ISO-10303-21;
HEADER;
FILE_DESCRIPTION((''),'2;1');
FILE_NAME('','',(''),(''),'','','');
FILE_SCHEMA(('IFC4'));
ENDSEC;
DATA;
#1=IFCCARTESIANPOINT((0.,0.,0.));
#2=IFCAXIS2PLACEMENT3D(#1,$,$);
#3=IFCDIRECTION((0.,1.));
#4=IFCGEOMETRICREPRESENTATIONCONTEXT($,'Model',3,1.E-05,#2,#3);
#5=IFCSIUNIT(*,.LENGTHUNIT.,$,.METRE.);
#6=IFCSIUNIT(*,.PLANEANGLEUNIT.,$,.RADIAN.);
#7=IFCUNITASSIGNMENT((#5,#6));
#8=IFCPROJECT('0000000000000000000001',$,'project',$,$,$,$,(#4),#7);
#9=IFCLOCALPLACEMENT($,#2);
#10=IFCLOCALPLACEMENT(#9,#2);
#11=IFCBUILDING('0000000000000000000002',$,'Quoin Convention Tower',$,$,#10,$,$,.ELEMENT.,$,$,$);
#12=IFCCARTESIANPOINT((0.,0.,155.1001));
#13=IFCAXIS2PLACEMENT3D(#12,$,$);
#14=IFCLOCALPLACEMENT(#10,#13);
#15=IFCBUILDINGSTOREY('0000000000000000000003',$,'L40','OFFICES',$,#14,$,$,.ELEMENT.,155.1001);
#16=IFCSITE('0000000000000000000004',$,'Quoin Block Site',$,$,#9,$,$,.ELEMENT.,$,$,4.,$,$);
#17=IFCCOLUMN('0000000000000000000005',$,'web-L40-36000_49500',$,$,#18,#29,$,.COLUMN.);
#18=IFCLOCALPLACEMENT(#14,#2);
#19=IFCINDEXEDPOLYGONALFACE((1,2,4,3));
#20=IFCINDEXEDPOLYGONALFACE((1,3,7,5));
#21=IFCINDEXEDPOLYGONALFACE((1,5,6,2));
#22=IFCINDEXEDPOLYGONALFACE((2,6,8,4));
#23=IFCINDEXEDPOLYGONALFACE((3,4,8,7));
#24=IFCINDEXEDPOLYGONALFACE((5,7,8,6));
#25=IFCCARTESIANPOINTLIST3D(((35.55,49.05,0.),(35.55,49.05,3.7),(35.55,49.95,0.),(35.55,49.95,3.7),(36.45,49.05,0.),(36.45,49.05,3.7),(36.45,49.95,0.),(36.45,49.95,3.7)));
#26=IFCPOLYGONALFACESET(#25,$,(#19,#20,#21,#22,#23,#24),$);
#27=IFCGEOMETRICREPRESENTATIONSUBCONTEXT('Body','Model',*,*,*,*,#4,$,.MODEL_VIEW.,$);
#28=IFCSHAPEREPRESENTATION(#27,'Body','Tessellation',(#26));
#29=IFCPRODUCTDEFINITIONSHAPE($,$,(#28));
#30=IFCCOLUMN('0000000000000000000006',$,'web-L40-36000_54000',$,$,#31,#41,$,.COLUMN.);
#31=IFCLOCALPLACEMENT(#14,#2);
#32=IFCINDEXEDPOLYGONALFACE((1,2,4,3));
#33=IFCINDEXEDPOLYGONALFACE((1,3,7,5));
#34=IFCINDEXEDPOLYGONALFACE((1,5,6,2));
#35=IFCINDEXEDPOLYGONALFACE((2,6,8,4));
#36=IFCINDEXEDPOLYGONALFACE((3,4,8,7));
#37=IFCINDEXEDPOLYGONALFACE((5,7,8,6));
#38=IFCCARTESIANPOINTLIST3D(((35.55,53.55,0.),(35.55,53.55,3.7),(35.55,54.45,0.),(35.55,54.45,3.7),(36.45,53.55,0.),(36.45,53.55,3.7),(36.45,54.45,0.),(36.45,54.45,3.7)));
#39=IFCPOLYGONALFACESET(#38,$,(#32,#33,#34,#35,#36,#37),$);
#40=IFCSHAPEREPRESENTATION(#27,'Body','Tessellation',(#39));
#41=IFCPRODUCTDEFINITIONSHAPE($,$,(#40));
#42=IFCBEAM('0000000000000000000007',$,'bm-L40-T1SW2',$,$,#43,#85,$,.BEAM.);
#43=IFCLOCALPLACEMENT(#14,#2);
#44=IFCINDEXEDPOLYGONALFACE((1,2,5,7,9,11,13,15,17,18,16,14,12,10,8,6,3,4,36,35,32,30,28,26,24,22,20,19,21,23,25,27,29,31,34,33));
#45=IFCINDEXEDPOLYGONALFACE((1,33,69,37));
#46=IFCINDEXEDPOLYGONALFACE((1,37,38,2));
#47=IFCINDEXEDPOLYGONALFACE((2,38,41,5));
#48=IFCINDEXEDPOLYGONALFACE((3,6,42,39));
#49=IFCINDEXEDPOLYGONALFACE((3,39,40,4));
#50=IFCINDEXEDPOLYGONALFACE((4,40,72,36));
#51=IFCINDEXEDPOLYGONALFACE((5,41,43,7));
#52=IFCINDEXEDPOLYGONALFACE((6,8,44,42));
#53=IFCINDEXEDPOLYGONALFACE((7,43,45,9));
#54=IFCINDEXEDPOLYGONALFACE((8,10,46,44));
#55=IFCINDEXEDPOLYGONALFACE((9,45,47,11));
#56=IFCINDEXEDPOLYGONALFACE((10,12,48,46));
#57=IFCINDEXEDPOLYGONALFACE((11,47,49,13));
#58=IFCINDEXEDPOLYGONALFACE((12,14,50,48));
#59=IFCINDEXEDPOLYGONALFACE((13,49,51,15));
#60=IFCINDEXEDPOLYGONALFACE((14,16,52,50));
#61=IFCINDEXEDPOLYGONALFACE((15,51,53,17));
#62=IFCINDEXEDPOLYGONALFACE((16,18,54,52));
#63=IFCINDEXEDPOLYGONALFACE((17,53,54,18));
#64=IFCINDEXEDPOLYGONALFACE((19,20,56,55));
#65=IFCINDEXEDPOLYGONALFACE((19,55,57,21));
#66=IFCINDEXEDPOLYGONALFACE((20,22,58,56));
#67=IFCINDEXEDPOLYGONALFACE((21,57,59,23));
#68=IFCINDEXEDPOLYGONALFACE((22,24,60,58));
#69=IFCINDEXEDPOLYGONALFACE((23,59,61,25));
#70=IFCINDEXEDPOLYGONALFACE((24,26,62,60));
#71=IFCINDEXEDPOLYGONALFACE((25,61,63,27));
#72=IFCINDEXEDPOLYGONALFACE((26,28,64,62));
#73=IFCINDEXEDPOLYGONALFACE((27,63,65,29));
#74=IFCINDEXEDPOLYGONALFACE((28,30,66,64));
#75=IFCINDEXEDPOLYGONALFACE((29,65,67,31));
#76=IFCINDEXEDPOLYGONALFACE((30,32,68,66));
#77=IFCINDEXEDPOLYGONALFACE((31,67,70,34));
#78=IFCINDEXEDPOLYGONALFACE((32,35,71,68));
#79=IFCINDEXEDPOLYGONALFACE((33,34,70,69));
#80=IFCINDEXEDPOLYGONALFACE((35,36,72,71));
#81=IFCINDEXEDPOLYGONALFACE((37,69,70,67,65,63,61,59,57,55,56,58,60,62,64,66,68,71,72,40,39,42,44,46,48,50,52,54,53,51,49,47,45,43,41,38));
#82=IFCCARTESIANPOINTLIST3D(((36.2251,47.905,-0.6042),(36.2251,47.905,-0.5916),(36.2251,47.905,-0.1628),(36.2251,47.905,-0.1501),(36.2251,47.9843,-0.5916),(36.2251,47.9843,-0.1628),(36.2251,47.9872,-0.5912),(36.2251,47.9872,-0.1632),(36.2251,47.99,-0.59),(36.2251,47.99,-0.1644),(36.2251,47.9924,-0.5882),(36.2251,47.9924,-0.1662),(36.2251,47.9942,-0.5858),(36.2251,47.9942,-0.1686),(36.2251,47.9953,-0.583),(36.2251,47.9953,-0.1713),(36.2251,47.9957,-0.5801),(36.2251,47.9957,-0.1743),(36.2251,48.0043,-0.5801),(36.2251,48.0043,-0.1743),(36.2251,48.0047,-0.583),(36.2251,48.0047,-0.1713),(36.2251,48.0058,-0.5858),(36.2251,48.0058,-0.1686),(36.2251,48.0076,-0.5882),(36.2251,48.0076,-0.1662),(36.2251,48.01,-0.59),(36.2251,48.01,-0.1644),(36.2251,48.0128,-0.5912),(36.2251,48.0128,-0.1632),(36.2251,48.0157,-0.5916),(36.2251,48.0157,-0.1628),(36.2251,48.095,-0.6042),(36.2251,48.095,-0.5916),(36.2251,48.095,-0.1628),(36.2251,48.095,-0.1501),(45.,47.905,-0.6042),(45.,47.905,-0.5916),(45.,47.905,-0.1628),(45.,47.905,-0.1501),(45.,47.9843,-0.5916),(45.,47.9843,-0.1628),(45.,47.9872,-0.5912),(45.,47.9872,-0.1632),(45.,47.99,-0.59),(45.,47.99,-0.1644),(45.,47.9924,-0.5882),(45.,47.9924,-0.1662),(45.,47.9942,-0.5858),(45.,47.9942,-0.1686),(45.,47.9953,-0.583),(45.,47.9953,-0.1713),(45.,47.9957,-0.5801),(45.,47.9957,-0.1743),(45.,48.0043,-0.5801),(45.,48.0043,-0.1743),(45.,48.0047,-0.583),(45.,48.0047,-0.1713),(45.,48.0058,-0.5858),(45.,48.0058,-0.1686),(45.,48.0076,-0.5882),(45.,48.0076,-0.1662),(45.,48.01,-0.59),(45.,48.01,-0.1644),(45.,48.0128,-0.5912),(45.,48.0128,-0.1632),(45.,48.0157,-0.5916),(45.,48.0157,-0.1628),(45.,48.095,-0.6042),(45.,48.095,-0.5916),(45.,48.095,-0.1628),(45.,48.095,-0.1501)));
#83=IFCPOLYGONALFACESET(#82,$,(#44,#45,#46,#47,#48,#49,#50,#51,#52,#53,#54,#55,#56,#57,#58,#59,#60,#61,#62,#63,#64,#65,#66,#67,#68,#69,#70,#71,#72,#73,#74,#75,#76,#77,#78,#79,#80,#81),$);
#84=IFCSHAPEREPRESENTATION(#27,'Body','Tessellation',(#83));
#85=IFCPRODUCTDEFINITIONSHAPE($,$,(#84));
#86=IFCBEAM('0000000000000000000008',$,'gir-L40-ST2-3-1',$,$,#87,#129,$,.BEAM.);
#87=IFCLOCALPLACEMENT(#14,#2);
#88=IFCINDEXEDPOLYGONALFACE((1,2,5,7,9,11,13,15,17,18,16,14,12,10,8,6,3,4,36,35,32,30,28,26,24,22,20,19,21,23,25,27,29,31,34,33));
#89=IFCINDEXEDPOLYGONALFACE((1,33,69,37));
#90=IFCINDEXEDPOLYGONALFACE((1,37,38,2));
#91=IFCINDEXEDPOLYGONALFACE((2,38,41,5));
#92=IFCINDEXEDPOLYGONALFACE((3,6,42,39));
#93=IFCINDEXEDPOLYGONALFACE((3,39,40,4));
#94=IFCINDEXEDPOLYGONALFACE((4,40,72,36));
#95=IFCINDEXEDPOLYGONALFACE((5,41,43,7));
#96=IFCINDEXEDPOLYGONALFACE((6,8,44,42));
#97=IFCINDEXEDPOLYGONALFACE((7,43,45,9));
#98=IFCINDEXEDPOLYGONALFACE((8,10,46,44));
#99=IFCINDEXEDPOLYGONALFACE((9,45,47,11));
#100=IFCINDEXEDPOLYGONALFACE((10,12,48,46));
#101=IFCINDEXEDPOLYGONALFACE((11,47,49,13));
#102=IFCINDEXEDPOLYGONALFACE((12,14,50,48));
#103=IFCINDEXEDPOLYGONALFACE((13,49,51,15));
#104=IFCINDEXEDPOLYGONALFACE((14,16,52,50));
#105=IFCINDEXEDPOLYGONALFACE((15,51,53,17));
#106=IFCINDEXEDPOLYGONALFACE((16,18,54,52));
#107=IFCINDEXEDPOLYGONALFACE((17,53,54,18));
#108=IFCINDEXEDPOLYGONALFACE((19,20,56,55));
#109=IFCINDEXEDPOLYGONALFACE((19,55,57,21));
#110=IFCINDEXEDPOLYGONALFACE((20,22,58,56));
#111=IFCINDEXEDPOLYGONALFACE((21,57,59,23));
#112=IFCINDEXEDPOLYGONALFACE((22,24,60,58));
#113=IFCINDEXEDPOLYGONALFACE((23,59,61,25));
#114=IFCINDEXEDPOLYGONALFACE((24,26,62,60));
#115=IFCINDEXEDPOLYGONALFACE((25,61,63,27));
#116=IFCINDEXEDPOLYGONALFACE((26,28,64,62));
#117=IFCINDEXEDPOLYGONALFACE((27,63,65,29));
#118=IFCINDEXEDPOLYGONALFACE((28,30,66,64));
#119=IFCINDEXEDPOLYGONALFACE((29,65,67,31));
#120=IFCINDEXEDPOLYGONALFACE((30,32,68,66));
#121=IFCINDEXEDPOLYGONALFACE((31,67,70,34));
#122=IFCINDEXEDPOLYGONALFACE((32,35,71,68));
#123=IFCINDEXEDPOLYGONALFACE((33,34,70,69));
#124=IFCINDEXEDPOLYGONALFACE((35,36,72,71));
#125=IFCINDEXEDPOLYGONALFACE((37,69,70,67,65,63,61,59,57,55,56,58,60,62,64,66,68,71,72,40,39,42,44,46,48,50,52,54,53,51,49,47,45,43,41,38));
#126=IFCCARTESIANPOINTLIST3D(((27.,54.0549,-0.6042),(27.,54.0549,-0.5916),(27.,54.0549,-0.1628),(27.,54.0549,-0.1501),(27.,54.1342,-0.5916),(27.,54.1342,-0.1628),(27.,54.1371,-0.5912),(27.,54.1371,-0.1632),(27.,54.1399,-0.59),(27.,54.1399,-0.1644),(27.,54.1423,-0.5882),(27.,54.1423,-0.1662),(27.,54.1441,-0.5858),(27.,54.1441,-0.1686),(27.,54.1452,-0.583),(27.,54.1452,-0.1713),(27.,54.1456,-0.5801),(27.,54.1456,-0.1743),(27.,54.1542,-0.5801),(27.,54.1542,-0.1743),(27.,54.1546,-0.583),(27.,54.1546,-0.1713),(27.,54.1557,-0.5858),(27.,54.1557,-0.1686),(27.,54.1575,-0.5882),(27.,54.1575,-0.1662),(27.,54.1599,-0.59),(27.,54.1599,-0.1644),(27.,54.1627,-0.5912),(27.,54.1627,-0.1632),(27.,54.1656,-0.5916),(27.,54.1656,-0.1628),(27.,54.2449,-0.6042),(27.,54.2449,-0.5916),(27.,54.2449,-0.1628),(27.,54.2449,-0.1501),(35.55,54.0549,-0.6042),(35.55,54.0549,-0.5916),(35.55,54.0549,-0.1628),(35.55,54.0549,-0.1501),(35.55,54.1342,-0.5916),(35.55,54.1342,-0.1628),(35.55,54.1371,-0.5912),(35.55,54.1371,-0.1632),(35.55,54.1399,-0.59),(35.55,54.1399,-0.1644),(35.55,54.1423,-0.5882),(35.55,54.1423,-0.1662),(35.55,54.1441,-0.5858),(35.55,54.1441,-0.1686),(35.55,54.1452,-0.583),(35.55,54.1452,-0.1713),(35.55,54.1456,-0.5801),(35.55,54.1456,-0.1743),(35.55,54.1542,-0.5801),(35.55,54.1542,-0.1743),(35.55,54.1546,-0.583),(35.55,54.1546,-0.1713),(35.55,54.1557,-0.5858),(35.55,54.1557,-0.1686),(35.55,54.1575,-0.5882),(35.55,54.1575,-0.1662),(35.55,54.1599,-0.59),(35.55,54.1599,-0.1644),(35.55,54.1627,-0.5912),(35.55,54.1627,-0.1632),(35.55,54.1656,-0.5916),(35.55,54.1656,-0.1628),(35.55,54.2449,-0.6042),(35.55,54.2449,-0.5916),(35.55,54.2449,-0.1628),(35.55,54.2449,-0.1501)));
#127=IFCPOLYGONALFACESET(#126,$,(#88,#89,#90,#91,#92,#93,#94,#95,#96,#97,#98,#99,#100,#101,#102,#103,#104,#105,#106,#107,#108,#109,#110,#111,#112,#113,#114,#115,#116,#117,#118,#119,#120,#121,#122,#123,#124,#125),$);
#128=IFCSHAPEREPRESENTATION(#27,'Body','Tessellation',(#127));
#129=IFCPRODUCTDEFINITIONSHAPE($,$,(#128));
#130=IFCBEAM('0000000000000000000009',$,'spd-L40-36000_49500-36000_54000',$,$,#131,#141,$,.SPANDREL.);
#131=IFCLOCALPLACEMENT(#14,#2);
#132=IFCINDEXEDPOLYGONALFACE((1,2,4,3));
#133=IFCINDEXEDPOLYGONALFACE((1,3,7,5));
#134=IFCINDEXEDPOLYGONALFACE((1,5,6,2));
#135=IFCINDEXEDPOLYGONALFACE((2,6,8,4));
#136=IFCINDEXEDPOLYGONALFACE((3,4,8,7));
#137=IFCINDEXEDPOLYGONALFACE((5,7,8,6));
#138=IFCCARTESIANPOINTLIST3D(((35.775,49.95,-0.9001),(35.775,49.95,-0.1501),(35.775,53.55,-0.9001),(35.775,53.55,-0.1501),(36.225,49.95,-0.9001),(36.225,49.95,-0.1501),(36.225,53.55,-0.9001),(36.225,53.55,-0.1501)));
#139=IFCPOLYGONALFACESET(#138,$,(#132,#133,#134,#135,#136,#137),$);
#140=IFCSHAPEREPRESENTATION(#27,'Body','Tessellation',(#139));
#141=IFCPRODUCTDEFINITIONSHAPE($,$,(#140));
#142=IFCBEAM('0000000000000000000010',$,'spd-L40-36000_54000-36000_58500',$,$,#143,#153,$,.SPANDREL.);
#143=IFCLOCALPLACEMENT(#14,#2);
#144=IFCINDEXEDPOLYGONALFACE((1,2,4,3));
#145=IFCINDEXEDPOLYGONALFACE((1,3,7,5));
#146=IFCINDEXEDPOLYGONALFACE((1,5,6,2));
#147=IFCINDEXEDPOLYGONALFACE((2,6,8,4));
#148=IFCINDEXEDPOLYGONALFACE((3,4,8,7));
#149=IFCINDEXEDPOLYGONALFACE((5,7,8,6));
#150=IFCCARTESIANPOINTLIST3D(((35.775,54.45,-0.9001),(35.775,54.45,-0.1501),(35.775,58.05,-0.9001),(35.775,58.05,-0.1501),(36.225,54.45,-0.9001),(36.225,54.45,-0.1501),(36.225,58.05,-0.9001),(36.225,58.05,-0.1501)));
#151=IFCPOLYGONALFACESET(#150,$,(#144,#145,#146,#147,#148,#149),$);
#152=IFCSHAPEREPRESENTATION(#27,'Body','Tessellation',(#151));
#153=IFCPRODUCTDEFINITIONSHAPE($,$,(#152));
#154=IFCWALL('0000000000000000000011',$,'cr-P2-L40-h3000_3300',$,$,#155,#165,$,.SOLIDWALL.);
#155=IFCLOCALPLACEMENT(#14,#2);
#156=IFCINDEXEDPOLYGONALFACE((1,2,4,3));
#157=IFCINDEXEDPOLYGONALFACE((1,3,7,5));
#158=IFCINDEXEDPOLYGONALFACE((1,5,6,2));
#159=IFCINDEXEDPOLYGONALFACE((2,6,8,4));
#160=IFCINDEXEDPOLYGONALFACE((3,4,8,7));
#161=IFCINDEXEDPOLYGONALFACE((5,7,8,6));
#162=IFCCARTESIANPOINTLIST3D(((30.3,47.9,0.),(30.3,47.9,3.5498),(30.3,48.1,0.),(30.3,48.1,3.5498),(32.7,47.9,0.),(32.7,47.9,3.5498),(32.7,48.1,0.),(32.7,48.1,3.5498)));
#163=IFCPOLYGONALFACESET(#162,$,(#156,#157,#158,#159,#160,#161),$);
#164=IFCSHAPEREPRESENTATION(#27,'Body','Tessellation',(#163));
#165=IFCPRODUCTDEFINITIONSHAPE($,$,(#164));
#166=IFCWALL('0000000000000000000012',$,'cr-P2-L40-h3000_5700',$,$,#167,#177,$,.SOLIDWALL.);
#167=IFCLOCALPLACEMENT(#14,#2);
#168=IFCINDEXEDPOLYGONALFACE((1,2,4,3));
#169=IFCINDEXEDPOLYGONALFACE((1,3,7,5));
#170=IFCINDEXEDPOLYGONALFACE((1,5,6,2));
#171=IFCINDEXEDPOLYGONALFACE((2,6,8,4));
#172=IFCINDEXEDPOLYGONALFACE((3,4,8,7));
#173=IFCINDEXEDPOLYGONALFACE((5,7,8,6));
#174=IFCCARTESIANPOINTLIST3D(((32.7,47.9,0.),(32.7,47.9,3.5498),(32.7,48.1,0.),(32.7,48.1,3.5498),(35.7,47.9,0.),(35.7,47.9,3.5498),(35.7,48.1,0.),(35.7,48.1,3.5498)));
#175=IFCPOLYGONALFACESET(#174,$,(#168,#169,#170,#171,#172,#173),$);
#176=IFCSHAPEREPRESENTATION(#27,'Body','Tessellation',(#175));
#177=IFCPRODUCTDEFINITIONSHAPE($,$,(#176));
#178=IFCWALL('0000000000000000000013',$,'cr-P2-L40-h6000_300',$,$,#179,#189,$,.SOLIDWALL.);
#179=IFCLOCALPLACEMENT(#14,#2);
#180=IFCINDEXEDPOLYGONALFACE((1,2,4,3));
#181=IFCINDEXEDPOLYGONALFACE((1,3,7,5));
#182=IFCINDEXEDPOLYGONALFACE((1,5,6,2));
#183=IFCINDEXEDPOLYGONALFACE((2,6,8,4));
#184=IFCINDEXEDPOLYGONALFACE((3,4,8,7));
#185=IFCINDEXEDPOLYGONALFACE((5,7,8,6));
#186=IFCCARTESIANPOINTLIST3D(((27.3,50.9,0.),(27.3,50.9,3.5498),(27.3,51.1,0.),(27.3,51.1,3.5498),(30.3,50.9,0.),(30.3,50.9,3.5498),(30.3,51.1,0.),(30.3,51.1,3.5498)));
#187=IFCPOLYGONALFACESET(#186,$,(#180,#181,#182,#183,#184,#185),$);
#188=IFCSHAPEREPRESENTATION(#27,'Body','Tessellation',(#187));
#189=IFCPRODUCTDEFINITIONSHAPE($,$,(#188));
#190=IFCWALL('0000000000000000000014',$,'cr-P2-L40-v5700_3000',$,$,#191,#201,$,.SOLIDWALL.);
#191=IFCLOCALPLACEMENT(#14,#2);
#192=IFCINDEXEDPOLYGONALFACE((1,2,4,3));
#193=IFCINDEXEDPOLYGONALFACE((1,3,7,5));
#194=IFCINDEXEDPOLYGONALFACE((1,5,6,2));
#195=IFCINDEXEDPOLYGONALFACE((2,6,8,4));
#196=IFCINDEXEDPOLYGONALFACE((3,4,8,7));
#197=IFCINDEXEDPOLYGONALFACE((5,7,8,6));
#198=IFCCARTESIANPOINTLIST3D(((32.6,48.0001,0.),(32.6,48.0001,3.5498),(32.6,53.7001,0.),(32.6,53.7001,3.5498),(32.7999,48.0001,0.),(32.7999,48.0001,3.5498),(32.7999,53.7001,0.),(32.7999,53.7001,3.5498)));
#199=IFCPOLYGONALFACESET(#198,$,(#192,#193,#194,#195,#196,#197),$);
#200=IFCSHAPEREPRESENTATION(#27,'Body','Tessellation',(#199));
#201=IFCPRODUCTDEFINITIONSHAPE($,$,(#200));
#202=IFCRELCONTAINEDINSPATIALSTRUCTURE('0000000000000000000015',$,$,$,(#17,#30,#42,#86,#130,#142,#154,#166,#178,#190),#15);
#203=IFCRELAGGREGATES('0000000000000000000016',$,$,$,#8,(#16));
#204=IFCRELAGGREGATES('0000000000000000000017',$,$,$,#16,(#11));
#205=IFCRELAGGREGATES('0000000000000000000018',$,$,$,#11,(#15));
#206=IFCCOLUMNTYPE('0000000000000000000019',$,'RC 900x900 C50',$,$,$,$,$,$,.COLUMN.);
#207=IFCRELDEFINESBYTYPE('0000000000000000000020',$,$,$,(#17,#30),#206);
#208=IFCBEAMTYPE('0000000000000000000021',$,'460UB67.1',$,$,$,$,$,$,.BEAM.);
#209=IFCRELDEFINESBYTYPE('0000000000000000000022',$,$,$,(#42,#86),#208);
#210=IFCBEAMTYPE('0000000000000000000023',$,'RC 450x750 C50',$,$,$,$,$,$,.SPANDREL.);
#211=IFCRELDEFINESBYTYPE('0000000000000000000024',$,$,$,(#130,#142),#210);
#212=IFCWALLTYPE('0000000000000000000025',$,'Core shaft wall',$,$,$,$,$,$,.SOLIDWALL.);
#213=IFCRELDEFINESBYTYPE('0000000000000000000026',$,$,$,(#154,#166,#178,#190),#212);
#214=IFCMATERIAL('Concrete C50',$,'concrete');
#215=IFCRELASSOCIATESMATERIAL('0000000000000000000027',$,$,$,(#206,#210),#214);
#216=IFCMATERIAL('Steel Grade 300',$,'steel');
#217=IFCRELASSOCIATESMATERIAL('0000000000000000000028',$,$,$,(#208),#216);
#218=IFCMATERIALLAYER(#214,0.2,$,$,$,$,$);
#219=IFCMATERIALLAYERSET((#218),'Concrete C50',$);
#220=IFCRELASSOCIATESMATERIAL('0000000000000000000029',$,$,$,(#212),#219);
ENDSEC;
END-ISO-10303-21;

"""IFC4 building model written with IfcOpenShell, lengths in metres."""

from ifc_helpers import new_model, si_unit, direction, frame, frame_2d, origin, origin_2d, place, context, subcontext, project, spatial, rectangle, i_section, extrude, material, layer, layer_set, material_profile, profile_set, type_object, element, save


model = new_model("IFC4")

# Units and contexts
model_context = context("Model", 3, precision=1e-05, world=origin(), true_north=direction((0.0, 1.0)))
body_context = subcontext(model_context, "Body", "Model", "MODEL_VIEW")
ifc_project = project(units=[si_unit("LENGTHUNIT", "METRE"), si_unit("PLANEANGLEUNIT", "RADIAN")], contexts=[model_context])

# Site, building, storey
site_placement = place(None, origin())
site = spatial("IfcSite", under=ifc_project, at=site_placement, Name="Quoin Block Site", CompositionType="ELEMENT", RefElevation=4.0)
building_placement = place(site_placement, origin())
building = spatial("IfcBuilding", under=site, at=building_placement, Name="Quoin Convention Tower", CompositionType="ELEMENT")
storey_placement = place(building_placement, frame((0.0, 0.0, 155.1001)))
storey = spatial("IfcBuildingStorey", under=building, at=storey_placement, Name="L40", Description="OFFICES", CompositionType="ELEMENT", Elevation=155.1001)

# Columns
ifc_material_1 = material(Name="Concrete C50", Category="concrete")
ifc_material_profile_1 = material_profile(ifc_material_1, rectangle(XDim=0.8999, YDim=0.8999, at=origin_2d()), Name="RC 900x900")
ifc_profile_set_1 = profile_set([ifc_material_profile_1], Name="Concrete C50")
column_type = type_object("IfcColumnType", Name="RC 900x900 C50", PredefinedType="COLUMN", material=ifc_profile_set_1)
for number, where, z_axis, x_axis, name in (
    (1, (36.0, 49.5, 0.0), (0.0, 0.0, 1.0), (1.0, 0.0, 0.0), "web-L40-36000_49500"),
    (2, (36.0, 54.0, 0.0), (0.0, 0.0, 1.0), (1.0, 0.0, 0.0), "web-L40-36000_54000"),
):
    element("IfcColumn", number, at=place(storey_placement, frame(where, z_axis=z_axis, x_axis=x_axis)), inside=storey, type_object=column_type, Name=name, PredefinedType="COLUMN", context=body_context, shape_type="SweptSolid", body=[
        extrude(rectangle(XDim=0.8999, YDim=0.8999, at=origin_2d()), origin(), (0.0, 0.0, 1.0), 3.7),
    ])

# Beams
ifc_material_2 = material(Name="Steel Grade 300", Category="steel")
ifc_material_profile_2 = material_profile(ifc_material_2, i_section(OverallWidth=0.1899, OverallDepth=0.4541, WebThickness=0.0085, FlangeThickness=0.0127, FilletRadius=0.0115, at=origin_2d()), Name="460UB67.1")
ifc_profile_set_2 = profile_set([ifc_material_profile_2], Name="Steel Grade 300")
beam_type_1 = type_object("IfcBeamType", Name="460UB67.1", PredefinedType="BEAM", material=ifc_profile_set_2)
beam_1_placement = place(storey_placement, frame((36.2251, 48.0, -0.3772), z_axis=(1.0, 0.0, 0.0), x_axis=(0.0, 1.0, 0.0)))
element("IfcBeam", 3, at=beam_1_placement, inside=storey, type_object=beam_type_1, Name="bm-L40-T1SW2", PredefinedType="BEAM", context=body_context, shape_type="SweptSolid", body=[
    extrude(i_section(OverallWidth=0.1899, OverallDepth=0.4541, WebThickness=0.0085, FlangeThickness=0.0127, FilletRadius=0.0115, at=origin_2d()), origin(), (0.0, 0.0, 1.0), 8.7749),
])
beam_2_placement = place(storey_placement, frame((27.0, 54.1499, -0.3772), z_axis=(1.0, 0.0, 0.0), x_axis=(0.0, 1.0, 0.0)))
element("IfcBeam", 4, at=beam_2_placement, inside=storey, type_object=beam_type_1, Name="gir-L40-ST2-3-1", PredefinedType="BEAM", context=body_context, shape_type="SweptSolid", body=[
    extrude(i_section(OverallWidth=0.1899, OverallDepth=0.4541, WebThickness=0.0085, FlangeThickness=0.0127, FilletRadius=0.0115, at=origin_2d()), origin(), (0.0, 0.0, 1.0), 8.55),
])
ifc_material_profile_3 = material_profile(ifc_material_1, rectangle(XDim=0.45, YDim=0.75, at=origin_2d()), Name="RC 450x750")
ifc_profile_set_3 = profile_set([ifc_material_profile_3], Name="Concrete C50")
beam_type_2 = type_object("IfcBeamType", Name="RC 450x750 C50", PredefinedType="SPANDREL", material=ifc_profile_set_3)
for number, where, z_axis, x_axis, name in (
    (5, (36.0, 49.95, -0.5251), (0.0, 1.0, 0.0), (-1.0, 0.0, 0.0), "spd-L40-36000_49500-36000_54000"),
    (6, (36.0, 54.45, -0.5251), (0.0, 1.0, 0.0), (-1.0, 0.0, 0.0), "spd-L40-36000_54000-36000_58500"),
):
    element("IfcBeam", number, at=place(storey_placement, frame(where, z_axis=z_axis, x_axis=x_axis)), inside=storey, type_object=beam_type_2, Name=name, PredefinedType="SPANDREL", context=body_context, shape_type="SweptSolid", body=[
        extrude(rectangle(XDim=0.45, YDim=0.75, at=origin_2d()), origin(), (0.0, 0.0, 1.0), 3.6001),
    ])

# Walls
ifc_layer_1 = layer(ifc_material_1, 0.2)
ifc_layer_set_1 = layer_set([ifc_layer_1], Name="Concrete C50")
wall_type_1 = type_object("IfcWallType", Name="Core shaft wall", PredefinedType="SOLIDWALL", material=ifc_layer_set_1)
wall_1_placement = place(storey_placement, frame((30.3, 48.0, 0.0), z_axis=(0.0, 0.0, 1.0), x_axis=(1.0, 0.0, 0.0)))
element("IfcWall", 7, at=wall_1_placement, inside=storey, type_object=wall_type_1, Name="cr-P2-L40-h3000_3300", PredefinedType="SOLIDWALL", context=body_context, shape_type="SweptSolid", body=[
    extrude(rectangle(XDim=2.3999, YDim=0.2, at=frame_2d((1.2, 0.0))), origin(), (0.0, 0.0, 1.0), 3.5498),
])
for number, where, z_axis, x_axis, name in (
    (8, (32.7, 48.0, 0.0), (0.0, 0.0, 1.0), (1.0, 0.0, 0.0), "cr-P2-L40-h3000_5700"),
    (9, (27.3, 51.0, 0.0), (0.0, 0.0, 1.0), (1.0, 0.0, 0.0), "cr-P2-L40-h6000_300"),
):
    element("IfcWall", number, at=place(storey_placement, frame(where, z_axis=z_axis, x_axis=x_axis)), inside=storey, type_object=wall_type_1, Name=name, PredefinedType="SOLIDWALL", context=body_context, shape_type="SweptSolid", body=[
        extrude(rectangle(XDim=3.0, YDim=0.2, at=frame_2d((1.5, 0.0))), origin(), (0.0, 0.0, 1.0), 3.5498),
    ])
wall_2_placement = place(storey_placement, frame((32.7, 48.0, 0.0), z_axis=(0.0, 0.0, 1.0), x_axis=(0.0, 1.0, 0.0)))
element("IfcWall", 10, at=wall_2_placement, inside=storey, type_object=wall_type_1, Name="cr-P2-L40-v5700_3000", PredefinedType="SOLIDWALL", context=body_context, shape_type="SweptSolid", body=[
    extrude(rectangle(XDim=5.7, YDim=0.2, at=frame_2d((2.8501, 0.0))), origin(), (0.0, 0.0, 1.0), 3.5498),
])

save(model, "model.ifc")
